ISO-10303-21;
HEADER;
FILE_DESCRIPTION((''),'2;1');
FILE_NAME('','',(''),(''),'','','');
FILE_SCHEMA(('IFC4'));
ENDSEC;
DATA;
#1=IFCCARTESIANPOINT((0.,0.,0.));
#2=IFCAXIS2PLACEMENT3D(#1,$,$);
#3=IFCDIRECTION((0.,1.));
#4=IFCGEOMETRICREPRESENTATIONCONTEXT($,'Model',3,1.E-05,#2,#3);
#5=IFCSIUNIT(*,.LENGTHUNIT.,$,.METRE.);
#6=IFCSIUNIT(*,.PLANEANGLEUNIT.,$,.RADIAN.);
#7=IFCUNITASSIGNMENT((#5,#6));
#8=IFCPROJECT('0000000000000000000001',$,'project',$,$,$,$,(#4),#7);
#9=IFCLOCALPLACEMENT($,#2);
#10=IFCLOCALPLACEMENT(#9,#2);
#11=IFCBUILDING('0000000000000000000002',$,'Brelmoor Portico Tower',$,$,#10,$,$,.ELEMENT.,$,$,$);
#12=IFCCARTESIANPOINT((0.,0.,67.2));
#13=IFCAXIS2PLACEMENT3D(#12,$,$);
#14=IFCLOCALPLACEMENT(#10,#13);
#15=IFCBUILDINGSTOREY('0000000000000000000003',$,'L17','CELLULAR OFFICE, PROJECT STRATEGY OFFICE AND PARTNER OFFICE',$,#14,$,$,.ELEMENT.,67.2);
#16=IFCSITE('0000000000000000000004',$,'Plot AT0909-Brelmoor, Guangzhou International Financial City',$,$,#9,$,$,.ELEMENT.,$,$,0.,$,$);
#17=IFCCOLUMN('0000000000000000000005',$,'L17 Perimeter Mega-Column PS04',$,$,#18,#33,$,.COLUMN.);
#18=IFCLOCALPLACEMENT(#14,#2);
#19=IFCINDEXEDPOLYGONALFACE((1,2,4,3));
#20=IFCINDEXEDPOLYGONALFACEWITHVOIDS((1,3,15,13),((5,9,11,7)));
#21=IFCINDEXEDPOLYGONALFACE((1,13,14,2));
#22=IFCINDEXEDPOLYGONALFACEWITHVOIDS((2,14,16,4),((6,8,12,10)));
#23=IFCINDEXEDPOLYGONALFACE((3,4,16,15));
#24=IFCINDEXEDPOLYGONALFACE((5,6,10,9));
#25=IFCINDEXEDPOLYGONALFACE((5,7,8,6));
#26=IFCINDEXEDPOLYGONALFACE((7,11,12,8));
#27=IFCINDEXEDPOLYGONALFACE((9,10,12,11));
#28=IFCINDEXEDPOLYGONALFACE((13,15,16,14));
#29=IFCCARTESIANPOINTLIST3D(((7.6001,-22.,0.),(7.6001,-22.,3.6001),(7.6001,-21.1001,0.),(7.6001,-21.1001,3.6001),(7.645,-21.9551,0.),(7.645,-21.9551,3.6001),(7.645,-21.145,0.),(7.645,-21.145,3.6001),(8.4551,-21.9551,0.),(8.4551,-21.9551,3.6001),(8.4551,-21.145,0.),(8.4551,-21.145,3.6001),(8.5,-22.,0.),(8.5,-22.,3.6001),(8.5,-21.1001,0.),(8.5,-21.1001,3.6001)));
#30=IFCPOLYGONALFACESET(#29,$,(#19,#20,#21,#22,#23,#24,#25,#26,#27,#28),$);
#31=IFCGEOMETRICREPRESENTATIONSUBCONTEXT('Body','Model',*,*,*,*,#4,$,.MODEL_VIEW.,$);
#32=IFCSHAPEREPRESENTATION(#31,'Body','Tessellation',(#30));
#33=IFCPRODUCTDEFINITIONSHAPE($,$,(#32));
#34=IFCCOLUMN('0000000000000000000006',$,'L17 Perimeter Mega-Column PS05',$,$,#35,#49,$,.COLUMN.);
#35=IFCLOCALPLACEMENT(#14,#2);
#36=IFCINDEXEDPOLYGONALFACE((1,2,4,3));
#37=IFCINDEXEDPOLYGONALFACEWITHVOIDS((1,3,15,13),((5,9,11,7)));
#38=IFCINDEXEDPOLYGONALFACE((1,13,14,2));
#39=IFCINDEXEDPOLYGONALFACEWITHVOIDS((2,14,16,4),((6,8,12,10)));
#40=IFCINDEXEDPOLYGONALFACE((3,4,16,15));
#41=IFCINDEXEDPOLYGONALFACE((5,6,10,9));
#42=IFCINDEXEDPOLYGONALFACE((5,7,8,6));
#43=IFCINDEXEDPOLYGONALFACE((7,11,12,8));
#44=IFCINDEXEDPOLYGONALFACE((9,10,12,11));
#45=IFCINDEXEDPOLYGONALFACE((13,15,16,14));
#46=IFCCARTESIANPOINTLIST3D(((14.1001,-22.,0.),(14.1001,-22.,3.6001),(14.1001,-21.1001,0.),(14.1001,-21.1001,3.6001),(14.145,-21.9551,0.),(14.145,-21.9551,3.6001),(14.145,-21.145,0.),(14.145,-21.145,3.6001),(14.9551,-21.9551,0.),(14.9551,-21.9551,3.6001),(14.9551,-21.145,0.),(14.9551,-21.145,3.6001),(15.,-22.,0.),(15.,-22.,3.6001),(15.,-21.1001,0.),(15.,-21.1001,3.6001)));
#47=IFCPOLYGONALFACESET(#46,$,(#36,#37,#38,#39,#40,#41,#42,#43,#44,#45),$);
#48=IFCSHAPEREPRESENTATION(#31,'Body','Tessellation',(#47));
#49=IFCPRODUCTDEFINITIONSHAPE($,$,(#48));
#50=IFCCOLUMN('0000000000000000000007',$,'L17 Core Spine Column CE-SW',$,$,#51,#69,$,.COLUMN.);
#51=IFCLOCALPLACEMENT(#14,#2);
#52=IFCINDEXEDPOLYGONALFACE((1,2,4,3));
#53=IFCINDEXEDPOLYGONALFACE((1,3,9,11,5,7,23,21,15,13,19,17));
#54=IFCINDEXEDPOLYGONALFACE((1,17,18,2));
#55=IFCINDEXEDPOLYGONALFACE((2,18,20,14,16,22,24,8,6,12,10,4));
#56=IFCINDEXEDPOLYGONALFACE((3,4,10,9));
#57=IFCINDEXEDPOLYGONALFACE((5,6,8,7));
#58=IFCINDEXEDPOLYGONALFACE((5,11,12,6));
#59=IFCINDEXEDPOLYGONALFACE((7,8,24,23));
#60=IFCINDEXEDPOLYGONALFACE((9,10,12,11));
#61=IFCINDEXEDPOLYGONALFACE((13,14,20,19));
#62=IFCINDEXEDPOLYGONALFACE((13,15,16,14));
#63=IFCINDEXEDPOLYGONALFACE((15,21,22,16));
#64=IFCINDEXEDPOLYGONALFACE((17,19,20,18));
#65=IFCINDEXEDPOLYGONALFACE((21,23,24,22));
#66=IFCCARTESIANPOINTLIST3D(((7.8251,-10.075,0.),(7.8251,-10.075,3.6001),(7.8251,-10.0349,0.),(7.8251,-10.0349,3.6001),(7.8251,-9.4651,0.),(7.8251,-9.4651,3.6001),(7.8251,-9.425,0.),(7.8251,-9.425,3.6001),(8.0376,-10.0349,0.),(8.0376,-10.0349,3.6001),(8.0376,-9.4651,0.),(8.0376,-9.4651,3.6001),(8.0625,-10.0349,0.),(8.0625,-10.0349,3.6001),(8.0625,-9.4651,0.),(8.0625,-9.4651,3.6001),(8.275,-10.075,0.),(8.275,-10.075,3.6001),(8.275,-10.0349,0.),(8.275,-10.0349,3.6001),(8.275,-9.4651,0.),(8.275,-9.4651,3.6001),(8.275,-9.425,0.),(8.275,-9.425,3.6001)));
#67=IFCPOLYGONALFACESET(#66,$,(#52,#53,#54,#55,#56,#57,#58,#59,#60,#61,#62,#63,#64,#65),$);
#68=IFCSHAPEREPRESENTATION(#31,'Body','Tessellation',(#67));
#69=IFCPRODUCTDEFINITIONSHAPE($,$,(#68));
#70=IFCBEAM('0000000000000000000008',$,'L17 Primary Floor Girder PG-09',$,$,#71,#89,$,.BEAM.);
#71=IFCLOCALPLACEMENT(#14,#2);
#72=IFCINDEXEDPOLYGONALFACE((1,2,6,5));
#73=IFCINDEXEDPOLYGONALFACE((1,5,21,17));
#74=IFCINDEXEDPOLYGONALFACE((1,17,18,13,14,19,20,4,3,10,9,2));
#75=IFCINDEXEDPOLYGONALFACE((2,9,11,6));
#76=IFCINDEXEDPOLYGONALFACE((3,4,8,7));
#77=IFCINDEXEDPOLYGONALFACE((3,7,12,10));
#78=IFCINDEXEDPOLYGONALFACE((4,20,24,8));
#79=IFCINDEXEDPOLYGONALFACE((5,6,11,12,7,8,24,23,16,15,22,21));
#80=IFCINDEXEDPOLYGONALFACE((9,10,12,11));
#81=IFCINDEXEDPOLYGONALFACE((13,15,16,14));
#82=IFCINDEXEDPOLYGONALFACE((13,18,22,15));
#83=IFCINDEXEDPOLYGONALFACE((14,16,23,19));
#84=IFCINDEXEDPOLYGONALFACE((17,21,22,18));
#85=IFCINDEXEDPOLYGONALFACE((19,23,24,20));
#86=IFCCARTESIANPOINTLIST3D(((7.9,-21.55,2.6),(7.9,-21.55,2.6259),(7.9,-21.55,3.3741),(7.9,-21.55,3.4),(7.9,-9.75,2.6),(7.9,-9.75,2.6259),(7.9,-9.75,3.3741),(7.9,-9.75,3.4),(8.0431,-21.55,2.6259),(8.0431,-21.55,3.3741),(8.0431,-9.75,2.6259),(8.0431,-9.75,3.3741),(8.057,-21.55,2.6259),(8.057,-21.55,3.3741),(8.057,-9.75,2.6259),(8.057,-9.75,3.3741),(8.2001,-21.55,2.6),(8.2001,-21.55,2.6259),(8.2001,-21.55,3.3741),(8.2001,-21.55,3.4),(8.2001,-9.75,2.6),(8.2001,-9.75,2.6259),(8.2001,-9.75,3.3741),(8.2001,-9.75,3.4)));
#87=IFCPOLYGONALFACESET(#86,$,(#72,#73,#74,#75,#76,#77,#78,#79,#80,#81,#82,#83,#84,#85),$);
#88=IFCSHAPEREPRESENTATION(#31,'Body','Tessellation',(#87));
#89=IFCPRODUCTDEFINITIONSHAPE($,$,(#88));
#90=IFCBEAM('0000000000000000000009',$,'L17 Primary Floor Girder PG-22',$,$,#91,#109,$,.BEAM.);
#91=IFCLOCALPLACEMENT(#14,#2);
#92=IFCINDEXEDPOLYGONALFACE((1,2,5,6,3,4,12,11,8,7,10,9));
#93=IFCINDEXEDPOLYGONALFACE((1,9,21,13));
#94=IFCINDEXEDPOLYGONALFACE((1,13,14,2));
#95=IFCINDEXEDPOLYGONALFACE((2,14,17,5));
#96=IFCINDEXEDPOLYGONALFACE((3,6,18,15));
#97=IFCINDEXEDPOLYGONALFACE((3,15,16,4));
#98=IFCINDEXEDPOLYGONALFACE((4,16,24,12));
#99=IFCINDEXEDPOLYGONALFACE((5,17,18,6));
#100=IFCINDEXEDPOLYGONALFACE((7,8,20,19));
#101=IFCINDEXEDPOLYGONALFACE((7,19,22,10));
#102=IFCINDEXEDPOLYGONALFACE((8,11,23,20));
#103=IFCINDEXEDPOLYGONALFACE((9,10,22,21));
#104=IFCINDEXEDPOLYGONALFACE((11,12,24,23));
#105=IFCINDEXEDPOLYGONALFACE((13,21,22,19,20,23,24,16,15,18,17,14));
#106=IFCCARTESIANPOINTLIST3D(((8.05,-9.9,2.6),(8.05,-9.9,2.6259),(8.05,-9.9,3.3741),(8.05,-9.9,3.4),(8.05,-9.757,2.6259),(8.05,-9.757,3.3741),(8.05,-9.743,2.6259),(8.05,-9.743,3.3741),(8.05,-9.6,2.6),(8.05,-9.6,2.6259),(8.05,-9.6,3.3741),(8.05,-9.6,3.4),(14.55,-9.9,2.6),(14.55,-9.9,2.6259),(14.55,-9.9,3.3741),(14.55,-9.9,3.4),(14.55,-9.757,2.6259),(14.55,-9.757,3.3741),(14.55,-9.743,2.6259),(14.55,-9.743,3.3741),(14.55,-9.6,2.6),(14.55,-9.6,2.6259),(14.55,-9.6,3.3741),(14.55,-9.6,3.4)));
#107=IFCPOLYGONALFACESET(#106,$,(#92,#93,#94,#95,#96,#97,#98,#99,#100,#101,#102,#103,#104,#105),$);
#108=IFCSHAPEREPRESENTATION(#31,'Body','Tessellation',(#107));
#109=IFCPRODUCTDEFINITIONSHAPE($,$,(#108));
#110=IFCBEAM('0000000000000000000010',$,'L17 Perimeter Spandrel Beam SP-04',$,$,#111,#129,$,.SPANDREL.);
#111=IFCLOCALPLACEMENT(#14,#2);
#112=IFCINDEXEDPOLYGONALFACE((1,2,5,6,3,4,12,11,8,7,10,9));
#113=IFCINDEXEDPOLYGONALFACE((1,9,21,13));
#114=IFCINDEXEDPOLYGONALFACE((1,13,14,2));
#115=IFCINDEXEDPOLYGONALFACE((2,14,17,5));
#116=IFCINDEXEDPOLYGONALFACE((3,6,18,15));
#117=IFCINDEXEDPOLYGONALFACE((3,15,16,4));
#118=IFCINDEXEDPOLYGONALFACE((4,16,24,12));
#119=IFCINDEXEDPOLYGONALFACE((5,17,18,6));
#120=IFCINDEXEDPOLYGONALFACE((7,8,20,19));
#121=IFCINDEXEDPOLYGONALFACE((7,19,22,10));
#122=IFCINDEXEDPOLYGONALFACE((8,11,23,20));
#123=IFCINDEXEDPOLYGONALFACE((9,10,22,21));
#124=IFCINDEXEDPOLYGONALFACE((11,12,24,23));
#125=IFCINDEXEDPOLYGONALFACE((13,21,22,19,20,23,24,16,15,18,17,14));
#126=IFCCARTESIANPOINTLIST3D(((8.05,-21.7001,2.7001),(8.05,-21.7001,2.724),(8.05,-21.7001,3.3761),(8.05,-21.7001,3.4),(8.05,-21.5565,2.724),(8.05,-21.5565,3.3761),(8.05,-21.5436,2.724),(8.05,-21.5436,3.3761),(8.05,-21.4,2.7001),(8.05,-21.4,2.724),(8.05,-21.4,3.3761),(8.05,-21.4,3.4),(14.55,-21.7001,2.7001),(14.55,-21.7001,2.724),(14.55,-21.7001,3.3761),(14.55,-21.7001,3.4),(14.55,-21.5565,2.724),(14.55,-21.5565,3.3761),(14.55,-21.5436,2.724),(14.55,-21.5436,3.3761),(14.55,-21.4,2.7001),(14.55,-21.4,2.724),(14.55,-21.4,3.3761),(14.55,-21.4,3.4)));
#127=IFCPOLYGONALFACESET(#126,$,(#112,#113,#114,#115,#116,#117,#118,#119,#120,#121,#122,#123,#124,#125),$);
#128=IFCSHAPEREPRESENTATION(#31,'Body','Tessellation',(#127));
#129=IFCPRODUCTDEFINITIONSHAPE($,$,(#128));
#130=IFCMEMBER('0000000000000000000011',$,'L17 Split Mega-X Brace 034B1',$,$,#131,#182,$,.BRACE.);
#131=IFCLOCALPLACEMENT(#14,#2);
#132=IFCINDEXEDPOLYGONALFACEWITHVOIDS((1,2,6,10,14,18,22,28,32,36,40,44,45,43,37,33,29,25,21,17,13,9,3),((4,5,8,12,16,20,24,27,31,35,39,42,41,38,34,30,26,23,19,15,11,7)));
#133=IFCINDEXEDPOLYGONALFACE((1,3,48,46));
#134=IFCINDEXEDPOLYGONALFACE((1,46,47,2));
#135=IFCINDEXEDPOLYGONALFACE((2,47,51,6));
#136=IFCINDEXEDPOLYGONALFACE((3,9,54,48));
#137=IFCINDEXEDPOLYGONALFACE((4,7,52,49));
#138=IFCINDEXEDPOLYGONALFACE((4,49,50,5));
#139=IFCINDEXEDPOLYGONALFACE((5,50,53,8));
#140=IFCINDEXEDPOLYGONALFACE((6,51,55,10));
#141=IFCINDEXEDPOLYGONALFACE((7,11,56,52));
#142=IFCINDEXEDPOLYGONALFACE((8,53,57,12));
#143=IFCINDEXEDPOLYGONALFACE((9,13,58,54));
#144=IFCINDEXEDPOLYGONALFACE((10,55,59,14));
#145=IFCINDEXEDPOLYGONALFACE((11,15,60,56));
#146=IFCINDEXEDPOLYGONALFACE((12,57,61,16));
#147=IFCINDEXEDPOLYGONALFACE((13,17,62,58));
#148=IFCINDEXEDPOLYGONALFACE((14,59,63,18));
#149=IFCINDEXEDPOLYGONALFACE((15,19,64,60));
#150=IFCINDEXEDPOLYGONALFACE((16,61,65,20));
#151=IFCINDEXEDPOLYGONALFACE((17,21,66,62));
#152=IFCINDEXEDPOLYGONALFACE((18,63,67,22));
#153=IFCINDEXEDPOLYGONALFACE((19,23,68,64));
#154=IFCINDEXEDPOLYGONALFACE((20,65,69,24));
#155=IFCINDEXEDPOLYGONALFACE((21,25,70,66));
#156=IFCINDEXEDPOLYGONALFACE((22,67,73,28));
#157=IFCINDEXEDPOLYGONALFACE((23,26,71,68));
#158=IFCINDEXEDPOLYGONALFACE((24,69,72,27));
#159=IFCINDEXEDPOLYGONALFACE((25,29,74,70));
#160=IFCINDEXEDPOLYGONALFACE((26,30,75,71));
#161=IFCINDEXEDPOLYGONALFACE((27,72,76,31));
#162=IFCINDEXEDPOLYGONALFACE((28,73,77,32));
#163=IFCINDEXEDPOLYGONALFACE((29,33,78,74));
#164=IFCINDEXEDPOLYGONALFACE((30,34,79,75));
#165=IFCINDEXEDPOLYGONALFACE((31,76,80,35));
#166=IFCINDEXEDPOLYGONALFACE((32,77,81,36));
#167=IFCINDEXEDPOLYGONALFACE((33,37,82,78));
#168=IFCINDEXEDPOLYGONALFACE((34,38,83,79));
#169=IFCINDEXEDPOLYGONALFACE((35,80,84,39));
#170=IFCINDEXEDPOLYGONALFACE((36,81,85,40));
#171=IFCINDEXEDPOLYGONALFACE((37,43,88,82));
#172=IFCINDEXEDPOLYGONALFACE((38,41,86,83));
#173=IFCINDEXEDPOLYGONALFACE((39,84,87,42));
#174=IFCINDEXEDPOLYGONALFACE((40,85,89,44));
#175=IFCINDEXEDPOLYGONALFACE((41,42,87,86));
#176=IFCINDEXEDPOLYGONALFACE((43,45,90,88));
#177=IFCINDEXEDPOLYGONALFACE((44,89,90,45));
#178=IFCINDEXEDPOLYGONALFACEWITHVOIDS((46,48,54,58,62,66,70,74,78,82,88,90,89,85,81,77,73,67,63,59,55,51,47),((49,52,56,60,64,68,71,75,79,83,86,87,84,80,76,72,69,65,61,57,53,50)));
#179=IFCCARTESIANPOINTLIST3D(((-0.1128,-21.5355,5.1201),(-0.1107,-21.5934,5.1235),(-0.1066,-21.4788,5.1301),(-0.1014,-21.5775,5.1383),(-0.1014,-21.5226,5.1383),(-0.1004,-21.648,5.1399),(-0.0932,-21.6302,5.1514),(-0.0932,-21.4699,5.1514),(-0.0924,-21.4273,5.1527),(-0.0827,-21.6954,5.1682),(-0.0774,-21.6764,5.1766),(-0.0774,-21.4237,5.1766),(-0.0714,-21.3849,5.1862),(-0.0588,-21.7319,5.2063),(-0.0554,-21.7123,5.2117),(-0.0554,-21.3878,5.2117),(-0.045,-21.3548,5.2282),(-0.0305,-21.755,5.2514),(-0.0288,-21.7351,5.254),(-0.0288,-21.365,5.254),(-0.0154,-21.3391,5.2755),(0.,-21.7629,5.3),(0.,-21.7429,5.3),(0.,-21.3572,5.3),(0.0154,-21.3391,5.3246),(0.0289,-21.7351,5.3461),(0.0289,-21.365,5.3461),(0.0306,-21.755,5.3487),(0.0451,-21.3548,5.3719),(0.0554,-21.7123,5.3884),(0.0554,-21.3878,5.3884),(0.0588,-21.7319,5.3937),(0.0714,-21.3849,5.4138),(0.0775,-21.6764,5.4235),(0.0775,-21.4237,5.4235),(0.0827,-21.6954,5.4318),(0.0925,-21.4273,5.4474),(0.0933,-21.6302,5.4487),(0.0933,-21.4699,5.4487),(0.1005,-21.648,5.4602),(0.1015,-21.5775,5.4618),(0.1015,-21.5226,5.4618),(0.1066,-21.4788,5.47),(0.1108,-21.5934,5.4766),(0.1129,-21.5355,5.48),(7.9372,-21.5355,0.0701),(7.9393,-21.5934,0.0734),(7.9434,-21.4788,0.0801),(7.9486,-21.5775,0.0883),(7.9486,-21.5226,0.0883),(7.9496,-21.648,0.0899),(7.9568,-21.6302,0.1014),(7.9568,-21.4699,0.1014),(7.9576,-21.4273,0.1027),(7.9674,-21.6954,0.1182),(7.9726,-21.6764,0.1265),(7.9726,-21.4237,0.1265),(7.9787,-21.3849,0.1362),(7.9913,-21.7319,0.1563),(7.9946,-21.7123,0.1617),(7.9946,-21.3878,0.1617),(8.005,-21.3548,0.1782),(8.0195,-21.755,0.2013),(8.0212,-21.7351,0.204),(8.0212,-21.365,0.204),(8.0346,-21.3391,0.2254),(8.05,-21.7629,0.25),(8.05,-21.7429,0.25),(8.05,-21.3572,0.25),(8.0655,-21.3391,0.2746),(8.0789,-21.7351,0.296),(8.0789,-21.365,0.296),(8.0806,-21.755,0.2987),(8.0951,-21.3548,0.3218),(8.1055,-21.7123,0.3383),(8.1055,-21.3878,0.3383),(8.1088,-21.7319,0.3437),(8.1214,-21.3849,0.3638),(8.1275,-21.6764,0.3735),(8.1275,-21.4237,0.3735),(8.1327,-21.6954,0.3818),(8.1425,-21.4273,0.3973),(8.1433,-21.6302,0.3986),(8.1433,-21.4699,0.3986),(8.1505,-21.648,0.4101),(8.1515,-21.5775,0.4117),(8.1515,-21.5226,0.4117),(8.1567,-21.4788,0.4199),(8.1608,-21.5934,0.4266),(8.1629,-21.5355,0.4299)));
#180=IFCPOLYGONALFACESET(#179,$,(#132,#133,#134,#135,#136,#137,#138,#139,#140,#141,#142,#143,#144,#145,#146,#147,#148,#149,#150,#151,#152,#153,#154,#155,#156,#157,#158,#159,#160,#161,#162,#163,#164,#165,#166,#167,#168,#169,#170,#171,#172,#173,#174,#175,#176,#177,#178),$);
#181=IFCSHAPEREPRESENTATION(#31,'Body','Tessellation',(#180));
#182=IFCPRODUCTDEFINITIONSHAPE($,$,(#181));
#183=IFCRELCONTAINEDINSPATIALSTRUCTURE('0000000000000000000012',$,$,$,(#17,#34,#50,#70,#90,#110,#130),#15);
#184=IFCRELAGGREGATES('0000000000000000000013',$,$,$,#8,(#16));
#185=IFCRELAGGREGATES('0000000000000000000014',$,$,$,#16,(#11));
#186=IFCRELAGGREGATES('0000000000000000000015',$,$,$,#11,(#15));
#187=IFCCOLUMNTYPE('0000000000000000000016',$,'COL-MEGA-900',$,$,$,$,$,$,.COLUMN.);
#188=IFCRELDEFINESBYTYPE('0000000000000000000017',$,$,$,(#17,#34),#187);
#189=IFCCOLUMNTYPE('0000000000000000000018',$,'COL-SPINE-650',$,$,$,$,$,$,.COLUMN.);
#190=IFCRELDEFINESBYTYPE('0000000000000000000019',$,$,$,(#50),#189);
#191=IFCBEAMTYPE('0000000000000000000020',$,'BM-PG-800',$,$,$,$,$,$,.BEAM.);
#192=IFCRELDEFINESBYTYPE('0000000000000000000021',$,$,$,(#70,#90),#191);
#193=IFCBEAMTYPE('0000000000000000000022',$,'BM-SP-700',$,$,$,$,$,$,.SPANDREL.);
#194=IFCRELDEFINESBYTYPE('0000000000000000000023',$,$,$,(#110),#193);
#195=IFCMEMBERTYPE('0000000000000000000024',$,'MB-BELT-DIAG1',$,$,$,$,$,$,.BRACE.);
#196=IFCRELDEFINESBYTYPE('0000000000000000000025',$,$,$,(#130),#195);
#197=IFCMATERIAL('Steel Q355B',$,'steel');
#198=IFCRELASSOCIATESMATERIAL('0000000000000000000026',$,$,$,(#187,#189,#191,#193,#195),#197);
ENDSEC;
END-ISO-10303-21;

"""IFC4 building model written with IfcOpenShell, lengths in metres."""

from ifc_helpers import new_model, si_unit, direction, frame, origin, origin_2d, place, context, subcontext, project, spatial, hollow_rectangle, hollow_circle, i_section, extrude, material, material_profile, profile_set, type_object, element, save


model = new_model("IFC4")

# Units and contexts
model_context = context("Model", 3, precision=1e-05, world=origin(), true_north=direction((0.0, 1.0)))
body_context = subcontext(model_context, "Body", "Model", "MODEL_VIEW")
ifc_project = project(units=[si_unit("LENGTHUNIT", "METRE"), si_unit("PLANEANGLEUNIT", "RADIAN")], contexts=[model_context])

# Site, building, storey
site_placement = place(None, origin())
site = spatial("IfcSite", under=ifc_project, at=site_placement, Name="Plot AT0909-Brelmoor, Guangzhou International Financial City", CompositionType="ELEMENT", RefElevation=0.0)
building_placement = place(site_placement, origin())
building = spatial("IfcBuilding", under=site, at=building_placement, Name="Brelmoor Portico Tower", CompositionType="ELEMENT")
storey_placement = place(building_placement, frame((0.0, 0.0, 67.2)))
storey = spatial("IfcBuildingStorey", under=building, at=storey_placement, Name="L17", Description="CELLULAR OFFICE, PROJECT STRATEGY OFFICE AND PARTNER OFFICE", CompositionType="ELEMENT", Elevation=67.2)

# Columns
ifc_material_1 = material(Name="Steel Q355B", Category="steel")
ifc_material_profile_1 = material_profile(ifc_material_1, hollow_rectangle(XDim=0.8999, YDim=0.8999, WallThickness=0.0449, at=origin_2d()), Name="BOX 900x900x45")
ifc_profile_set_1 = profile_set([ifc_material_profile_1], Name="Steel Q355B")
column_type_1 = type_object("IfcColumnType", Name="COL-MEGA-900", PredefinedType="COLUMN", material=ifc_profile_set_1)
for number, where, z_axis, x_axis, name in (
    (1, (8.05, -21.55, 0.0), (0.0, 0.0, 1.0), (1.0, 0.0, 0.0), "L17 Perimeter Mega-Column PS04"),
    (2, (14.55, -21.55, 0.0), (0.0, 0.0, 1.0), (1.0, 0.0, 0.0), "L17 Perimeter Mega-Column PS05"),
):
    element("IfcColumn", number, at=place(storey_placement, frame(where, z_axis=z_axis, x_axis=x_axis)), inside=storey, type_object=column_type_1, Name=name, PredefinedType="COLUMN", context=body_context, shape_type="SweptSolid", body=[
        extrude(hollow_rectangle(XDim=0.8999, YDim=0.8999, WallThickness=0.0449, at=origin_2d()), origin(), (0.0, 0.0, 1.0), 3.6001),
    ])
ifc_material_profile_2 = material_profile(ifc_material_1, i_section(OverallWidth=0.45, OverallDepth=0.6499, WebThickness=0.0249, FlangeThickness=0.04, at=origin_2d()), Name="HW 650x450x25x40")
ifc_profile_set_2 = profile_set([ifc_material_profile_2], Name="Steel Q355B")
column_type_2 = type_object("IfcColumnType", Name="COL-SPINE-650", PredefinedType="COLUMN", material=ifc_profile_set_2)
column_placement = place(storey_placement, frame((8.05, -9.75, 0.0), z_axis=(0.0, 0.0, 1.0), x_axis=(1.0, 0.0, 0.0)))
element("IfcColumn", 3, at=column_placement, inside=storey, type_object=column_type_2, Name="L17 Core Spine Column CE-SW", PredefinedType="COLUMN", context=body_context, shape_type="SweptSolid", body=[
    extrude(i_section(OverallWidth=0.45, OverallDepth=0.6499, WebThickness=0.0249, FlangeThickness=0.04, at=origin_2d()), origin(), (0.0, 0.0, 1.0), 3.6001),
])

# Beams
ifc_material_profile_3 = material_profile(ifc_material_1, i_section(OverallWidth=0.3, OverallDepth=0.8, WebThickness=0.0139, FlangeThickness=0.0259, at=origin_2d()), Name="HN 800x300x14x26")
ifc_profile_set_3 = profile_set([ifc_material_profile_3], Name="Steel Q355B")
beam_type_1 = type_object("IfcBeamType", Name="BM-PG-800", PredefinedType="BEAM", material=ifc_profile_set_3)
beam_1_placement = place(storey_placement, frame((8.05, -21.55, 3.0), z_axis=(0.0, 1.0, 0.0), x_axis=(-1.0, 0.0, 0.0)))
element("IfcBeam", 4, at=beam_1_placement, inside=storey, type_object=beam_type_1, Name="L17 Primary Floor Girder PG-09", PredefinedType="BEAM", context=body_context, shape_type="SweptSolid", body=[
    extrude(i_section(OverallWidth=0.3, OverallDepth=0.8, WebThickness=0.0139, FlangeThickness=0.0259, at=origin_2d()), origin(), (0.0, 0.0, 1.0), 11.8),
])
beam_2_placement = place(storey_placement, frame((8.05, -9.75, 3.0), z_axis=(1.0, 0.0, 0.0), x_axis=(0.0, 1.0, 0.0)))
element("IfcBeam", 5, at=beam_2_placement, inside=storey, type_object=beam_type_1, Name="L17 Primary Floor Girder PG-22", PredefinedType="BEAM", context=body_context, shape_type="SweptSolid", body=[
    extrude(i_section(OverallWidth=0.3, OverallDepth=0.8, WebThickness=0.0139, FlangeThickness=0.0259, at=origin_2d()), origin(), (0.0, 0.0, 1.0), 6.5),
])
ifc_material_profile_4 = material_profile(ifc_material_1, i_section(OverallWidth=0.3, OverallDepth=0.7, WebThickness=0.0129, FlangeThickness=0.0239, at=origin_2d()), Name="HN 700x300x13x24")
ifc_profile_set_4 = profile_set([ifc_material_profile_4], Name="Steel Q355B")
beam_type_2 = type_object("IfcBeamType", Name="BM-SP-700", PredefinedType="SPANDREL", material=ifc_profile_set_4)
beam_3_placement = place(storey_placement, frame((8.05, -21.55, 3.05), z_axis=(1.0, 0.0, 0.0), x_axis=(0.0, 1.0, 0.0)))
element("IfcBeam", 6, at=beam_3_placement, inside=storey, type_object=beam_type_2, Name="L17 Perimeter Spandrel Beam SP-04", PredefinedType="SPANDREL", context=body_context, shape_type="SweptSolid", body=[
    extrude(i_section(OverallWidth=0.3, OverallDepth=0.7, WebThickness=0.0129, FlangeThickness=0.0239, at=origin_2d()), origin(), (0.0, 0.0, 1.0), 6.5),
])

# Member
ifc_material_profile_5 = material_profile(ifc_material_1, hollow_circle(Radius=0.2129, WallThickness=0.02, at=origin_2d()), Name="CHS 426x20")
ifc_profile_set_5 = profile_set([ifc_material_profile_5], Name="Steel Q355B")
member_type_1 = type_object("IfcMemberType", Name="MB-BELT-DIAG1", PredefinedType="BRACE", material=ifc_profile_set_5)
for number, where, z_axis, x_axis, name in (
    (7, (8.05, -21.55, 0.25), (-0.847109, 0.0, 0.531418), (0.0, -1.0, 0.0), "L17 Split Mega-X Brace 034B1"),
):
    element("IfcMember", number, at=place(storey_placement, frame(where, z_axis=z_axis, x_axis=x_axis)), inside=storey, type_object=member_type_1, Name=name, PredefinedType="BRACE", context=body_context, shape_type="SweptSolid", body=[
        extrude(hollow_circle(Radius=0.2129, WallThickness=0.02, at=origin_2d()), origin(), (0.0, 0.0, 1.0), 9.5029),
    ])

save(model, "model.ifc")
